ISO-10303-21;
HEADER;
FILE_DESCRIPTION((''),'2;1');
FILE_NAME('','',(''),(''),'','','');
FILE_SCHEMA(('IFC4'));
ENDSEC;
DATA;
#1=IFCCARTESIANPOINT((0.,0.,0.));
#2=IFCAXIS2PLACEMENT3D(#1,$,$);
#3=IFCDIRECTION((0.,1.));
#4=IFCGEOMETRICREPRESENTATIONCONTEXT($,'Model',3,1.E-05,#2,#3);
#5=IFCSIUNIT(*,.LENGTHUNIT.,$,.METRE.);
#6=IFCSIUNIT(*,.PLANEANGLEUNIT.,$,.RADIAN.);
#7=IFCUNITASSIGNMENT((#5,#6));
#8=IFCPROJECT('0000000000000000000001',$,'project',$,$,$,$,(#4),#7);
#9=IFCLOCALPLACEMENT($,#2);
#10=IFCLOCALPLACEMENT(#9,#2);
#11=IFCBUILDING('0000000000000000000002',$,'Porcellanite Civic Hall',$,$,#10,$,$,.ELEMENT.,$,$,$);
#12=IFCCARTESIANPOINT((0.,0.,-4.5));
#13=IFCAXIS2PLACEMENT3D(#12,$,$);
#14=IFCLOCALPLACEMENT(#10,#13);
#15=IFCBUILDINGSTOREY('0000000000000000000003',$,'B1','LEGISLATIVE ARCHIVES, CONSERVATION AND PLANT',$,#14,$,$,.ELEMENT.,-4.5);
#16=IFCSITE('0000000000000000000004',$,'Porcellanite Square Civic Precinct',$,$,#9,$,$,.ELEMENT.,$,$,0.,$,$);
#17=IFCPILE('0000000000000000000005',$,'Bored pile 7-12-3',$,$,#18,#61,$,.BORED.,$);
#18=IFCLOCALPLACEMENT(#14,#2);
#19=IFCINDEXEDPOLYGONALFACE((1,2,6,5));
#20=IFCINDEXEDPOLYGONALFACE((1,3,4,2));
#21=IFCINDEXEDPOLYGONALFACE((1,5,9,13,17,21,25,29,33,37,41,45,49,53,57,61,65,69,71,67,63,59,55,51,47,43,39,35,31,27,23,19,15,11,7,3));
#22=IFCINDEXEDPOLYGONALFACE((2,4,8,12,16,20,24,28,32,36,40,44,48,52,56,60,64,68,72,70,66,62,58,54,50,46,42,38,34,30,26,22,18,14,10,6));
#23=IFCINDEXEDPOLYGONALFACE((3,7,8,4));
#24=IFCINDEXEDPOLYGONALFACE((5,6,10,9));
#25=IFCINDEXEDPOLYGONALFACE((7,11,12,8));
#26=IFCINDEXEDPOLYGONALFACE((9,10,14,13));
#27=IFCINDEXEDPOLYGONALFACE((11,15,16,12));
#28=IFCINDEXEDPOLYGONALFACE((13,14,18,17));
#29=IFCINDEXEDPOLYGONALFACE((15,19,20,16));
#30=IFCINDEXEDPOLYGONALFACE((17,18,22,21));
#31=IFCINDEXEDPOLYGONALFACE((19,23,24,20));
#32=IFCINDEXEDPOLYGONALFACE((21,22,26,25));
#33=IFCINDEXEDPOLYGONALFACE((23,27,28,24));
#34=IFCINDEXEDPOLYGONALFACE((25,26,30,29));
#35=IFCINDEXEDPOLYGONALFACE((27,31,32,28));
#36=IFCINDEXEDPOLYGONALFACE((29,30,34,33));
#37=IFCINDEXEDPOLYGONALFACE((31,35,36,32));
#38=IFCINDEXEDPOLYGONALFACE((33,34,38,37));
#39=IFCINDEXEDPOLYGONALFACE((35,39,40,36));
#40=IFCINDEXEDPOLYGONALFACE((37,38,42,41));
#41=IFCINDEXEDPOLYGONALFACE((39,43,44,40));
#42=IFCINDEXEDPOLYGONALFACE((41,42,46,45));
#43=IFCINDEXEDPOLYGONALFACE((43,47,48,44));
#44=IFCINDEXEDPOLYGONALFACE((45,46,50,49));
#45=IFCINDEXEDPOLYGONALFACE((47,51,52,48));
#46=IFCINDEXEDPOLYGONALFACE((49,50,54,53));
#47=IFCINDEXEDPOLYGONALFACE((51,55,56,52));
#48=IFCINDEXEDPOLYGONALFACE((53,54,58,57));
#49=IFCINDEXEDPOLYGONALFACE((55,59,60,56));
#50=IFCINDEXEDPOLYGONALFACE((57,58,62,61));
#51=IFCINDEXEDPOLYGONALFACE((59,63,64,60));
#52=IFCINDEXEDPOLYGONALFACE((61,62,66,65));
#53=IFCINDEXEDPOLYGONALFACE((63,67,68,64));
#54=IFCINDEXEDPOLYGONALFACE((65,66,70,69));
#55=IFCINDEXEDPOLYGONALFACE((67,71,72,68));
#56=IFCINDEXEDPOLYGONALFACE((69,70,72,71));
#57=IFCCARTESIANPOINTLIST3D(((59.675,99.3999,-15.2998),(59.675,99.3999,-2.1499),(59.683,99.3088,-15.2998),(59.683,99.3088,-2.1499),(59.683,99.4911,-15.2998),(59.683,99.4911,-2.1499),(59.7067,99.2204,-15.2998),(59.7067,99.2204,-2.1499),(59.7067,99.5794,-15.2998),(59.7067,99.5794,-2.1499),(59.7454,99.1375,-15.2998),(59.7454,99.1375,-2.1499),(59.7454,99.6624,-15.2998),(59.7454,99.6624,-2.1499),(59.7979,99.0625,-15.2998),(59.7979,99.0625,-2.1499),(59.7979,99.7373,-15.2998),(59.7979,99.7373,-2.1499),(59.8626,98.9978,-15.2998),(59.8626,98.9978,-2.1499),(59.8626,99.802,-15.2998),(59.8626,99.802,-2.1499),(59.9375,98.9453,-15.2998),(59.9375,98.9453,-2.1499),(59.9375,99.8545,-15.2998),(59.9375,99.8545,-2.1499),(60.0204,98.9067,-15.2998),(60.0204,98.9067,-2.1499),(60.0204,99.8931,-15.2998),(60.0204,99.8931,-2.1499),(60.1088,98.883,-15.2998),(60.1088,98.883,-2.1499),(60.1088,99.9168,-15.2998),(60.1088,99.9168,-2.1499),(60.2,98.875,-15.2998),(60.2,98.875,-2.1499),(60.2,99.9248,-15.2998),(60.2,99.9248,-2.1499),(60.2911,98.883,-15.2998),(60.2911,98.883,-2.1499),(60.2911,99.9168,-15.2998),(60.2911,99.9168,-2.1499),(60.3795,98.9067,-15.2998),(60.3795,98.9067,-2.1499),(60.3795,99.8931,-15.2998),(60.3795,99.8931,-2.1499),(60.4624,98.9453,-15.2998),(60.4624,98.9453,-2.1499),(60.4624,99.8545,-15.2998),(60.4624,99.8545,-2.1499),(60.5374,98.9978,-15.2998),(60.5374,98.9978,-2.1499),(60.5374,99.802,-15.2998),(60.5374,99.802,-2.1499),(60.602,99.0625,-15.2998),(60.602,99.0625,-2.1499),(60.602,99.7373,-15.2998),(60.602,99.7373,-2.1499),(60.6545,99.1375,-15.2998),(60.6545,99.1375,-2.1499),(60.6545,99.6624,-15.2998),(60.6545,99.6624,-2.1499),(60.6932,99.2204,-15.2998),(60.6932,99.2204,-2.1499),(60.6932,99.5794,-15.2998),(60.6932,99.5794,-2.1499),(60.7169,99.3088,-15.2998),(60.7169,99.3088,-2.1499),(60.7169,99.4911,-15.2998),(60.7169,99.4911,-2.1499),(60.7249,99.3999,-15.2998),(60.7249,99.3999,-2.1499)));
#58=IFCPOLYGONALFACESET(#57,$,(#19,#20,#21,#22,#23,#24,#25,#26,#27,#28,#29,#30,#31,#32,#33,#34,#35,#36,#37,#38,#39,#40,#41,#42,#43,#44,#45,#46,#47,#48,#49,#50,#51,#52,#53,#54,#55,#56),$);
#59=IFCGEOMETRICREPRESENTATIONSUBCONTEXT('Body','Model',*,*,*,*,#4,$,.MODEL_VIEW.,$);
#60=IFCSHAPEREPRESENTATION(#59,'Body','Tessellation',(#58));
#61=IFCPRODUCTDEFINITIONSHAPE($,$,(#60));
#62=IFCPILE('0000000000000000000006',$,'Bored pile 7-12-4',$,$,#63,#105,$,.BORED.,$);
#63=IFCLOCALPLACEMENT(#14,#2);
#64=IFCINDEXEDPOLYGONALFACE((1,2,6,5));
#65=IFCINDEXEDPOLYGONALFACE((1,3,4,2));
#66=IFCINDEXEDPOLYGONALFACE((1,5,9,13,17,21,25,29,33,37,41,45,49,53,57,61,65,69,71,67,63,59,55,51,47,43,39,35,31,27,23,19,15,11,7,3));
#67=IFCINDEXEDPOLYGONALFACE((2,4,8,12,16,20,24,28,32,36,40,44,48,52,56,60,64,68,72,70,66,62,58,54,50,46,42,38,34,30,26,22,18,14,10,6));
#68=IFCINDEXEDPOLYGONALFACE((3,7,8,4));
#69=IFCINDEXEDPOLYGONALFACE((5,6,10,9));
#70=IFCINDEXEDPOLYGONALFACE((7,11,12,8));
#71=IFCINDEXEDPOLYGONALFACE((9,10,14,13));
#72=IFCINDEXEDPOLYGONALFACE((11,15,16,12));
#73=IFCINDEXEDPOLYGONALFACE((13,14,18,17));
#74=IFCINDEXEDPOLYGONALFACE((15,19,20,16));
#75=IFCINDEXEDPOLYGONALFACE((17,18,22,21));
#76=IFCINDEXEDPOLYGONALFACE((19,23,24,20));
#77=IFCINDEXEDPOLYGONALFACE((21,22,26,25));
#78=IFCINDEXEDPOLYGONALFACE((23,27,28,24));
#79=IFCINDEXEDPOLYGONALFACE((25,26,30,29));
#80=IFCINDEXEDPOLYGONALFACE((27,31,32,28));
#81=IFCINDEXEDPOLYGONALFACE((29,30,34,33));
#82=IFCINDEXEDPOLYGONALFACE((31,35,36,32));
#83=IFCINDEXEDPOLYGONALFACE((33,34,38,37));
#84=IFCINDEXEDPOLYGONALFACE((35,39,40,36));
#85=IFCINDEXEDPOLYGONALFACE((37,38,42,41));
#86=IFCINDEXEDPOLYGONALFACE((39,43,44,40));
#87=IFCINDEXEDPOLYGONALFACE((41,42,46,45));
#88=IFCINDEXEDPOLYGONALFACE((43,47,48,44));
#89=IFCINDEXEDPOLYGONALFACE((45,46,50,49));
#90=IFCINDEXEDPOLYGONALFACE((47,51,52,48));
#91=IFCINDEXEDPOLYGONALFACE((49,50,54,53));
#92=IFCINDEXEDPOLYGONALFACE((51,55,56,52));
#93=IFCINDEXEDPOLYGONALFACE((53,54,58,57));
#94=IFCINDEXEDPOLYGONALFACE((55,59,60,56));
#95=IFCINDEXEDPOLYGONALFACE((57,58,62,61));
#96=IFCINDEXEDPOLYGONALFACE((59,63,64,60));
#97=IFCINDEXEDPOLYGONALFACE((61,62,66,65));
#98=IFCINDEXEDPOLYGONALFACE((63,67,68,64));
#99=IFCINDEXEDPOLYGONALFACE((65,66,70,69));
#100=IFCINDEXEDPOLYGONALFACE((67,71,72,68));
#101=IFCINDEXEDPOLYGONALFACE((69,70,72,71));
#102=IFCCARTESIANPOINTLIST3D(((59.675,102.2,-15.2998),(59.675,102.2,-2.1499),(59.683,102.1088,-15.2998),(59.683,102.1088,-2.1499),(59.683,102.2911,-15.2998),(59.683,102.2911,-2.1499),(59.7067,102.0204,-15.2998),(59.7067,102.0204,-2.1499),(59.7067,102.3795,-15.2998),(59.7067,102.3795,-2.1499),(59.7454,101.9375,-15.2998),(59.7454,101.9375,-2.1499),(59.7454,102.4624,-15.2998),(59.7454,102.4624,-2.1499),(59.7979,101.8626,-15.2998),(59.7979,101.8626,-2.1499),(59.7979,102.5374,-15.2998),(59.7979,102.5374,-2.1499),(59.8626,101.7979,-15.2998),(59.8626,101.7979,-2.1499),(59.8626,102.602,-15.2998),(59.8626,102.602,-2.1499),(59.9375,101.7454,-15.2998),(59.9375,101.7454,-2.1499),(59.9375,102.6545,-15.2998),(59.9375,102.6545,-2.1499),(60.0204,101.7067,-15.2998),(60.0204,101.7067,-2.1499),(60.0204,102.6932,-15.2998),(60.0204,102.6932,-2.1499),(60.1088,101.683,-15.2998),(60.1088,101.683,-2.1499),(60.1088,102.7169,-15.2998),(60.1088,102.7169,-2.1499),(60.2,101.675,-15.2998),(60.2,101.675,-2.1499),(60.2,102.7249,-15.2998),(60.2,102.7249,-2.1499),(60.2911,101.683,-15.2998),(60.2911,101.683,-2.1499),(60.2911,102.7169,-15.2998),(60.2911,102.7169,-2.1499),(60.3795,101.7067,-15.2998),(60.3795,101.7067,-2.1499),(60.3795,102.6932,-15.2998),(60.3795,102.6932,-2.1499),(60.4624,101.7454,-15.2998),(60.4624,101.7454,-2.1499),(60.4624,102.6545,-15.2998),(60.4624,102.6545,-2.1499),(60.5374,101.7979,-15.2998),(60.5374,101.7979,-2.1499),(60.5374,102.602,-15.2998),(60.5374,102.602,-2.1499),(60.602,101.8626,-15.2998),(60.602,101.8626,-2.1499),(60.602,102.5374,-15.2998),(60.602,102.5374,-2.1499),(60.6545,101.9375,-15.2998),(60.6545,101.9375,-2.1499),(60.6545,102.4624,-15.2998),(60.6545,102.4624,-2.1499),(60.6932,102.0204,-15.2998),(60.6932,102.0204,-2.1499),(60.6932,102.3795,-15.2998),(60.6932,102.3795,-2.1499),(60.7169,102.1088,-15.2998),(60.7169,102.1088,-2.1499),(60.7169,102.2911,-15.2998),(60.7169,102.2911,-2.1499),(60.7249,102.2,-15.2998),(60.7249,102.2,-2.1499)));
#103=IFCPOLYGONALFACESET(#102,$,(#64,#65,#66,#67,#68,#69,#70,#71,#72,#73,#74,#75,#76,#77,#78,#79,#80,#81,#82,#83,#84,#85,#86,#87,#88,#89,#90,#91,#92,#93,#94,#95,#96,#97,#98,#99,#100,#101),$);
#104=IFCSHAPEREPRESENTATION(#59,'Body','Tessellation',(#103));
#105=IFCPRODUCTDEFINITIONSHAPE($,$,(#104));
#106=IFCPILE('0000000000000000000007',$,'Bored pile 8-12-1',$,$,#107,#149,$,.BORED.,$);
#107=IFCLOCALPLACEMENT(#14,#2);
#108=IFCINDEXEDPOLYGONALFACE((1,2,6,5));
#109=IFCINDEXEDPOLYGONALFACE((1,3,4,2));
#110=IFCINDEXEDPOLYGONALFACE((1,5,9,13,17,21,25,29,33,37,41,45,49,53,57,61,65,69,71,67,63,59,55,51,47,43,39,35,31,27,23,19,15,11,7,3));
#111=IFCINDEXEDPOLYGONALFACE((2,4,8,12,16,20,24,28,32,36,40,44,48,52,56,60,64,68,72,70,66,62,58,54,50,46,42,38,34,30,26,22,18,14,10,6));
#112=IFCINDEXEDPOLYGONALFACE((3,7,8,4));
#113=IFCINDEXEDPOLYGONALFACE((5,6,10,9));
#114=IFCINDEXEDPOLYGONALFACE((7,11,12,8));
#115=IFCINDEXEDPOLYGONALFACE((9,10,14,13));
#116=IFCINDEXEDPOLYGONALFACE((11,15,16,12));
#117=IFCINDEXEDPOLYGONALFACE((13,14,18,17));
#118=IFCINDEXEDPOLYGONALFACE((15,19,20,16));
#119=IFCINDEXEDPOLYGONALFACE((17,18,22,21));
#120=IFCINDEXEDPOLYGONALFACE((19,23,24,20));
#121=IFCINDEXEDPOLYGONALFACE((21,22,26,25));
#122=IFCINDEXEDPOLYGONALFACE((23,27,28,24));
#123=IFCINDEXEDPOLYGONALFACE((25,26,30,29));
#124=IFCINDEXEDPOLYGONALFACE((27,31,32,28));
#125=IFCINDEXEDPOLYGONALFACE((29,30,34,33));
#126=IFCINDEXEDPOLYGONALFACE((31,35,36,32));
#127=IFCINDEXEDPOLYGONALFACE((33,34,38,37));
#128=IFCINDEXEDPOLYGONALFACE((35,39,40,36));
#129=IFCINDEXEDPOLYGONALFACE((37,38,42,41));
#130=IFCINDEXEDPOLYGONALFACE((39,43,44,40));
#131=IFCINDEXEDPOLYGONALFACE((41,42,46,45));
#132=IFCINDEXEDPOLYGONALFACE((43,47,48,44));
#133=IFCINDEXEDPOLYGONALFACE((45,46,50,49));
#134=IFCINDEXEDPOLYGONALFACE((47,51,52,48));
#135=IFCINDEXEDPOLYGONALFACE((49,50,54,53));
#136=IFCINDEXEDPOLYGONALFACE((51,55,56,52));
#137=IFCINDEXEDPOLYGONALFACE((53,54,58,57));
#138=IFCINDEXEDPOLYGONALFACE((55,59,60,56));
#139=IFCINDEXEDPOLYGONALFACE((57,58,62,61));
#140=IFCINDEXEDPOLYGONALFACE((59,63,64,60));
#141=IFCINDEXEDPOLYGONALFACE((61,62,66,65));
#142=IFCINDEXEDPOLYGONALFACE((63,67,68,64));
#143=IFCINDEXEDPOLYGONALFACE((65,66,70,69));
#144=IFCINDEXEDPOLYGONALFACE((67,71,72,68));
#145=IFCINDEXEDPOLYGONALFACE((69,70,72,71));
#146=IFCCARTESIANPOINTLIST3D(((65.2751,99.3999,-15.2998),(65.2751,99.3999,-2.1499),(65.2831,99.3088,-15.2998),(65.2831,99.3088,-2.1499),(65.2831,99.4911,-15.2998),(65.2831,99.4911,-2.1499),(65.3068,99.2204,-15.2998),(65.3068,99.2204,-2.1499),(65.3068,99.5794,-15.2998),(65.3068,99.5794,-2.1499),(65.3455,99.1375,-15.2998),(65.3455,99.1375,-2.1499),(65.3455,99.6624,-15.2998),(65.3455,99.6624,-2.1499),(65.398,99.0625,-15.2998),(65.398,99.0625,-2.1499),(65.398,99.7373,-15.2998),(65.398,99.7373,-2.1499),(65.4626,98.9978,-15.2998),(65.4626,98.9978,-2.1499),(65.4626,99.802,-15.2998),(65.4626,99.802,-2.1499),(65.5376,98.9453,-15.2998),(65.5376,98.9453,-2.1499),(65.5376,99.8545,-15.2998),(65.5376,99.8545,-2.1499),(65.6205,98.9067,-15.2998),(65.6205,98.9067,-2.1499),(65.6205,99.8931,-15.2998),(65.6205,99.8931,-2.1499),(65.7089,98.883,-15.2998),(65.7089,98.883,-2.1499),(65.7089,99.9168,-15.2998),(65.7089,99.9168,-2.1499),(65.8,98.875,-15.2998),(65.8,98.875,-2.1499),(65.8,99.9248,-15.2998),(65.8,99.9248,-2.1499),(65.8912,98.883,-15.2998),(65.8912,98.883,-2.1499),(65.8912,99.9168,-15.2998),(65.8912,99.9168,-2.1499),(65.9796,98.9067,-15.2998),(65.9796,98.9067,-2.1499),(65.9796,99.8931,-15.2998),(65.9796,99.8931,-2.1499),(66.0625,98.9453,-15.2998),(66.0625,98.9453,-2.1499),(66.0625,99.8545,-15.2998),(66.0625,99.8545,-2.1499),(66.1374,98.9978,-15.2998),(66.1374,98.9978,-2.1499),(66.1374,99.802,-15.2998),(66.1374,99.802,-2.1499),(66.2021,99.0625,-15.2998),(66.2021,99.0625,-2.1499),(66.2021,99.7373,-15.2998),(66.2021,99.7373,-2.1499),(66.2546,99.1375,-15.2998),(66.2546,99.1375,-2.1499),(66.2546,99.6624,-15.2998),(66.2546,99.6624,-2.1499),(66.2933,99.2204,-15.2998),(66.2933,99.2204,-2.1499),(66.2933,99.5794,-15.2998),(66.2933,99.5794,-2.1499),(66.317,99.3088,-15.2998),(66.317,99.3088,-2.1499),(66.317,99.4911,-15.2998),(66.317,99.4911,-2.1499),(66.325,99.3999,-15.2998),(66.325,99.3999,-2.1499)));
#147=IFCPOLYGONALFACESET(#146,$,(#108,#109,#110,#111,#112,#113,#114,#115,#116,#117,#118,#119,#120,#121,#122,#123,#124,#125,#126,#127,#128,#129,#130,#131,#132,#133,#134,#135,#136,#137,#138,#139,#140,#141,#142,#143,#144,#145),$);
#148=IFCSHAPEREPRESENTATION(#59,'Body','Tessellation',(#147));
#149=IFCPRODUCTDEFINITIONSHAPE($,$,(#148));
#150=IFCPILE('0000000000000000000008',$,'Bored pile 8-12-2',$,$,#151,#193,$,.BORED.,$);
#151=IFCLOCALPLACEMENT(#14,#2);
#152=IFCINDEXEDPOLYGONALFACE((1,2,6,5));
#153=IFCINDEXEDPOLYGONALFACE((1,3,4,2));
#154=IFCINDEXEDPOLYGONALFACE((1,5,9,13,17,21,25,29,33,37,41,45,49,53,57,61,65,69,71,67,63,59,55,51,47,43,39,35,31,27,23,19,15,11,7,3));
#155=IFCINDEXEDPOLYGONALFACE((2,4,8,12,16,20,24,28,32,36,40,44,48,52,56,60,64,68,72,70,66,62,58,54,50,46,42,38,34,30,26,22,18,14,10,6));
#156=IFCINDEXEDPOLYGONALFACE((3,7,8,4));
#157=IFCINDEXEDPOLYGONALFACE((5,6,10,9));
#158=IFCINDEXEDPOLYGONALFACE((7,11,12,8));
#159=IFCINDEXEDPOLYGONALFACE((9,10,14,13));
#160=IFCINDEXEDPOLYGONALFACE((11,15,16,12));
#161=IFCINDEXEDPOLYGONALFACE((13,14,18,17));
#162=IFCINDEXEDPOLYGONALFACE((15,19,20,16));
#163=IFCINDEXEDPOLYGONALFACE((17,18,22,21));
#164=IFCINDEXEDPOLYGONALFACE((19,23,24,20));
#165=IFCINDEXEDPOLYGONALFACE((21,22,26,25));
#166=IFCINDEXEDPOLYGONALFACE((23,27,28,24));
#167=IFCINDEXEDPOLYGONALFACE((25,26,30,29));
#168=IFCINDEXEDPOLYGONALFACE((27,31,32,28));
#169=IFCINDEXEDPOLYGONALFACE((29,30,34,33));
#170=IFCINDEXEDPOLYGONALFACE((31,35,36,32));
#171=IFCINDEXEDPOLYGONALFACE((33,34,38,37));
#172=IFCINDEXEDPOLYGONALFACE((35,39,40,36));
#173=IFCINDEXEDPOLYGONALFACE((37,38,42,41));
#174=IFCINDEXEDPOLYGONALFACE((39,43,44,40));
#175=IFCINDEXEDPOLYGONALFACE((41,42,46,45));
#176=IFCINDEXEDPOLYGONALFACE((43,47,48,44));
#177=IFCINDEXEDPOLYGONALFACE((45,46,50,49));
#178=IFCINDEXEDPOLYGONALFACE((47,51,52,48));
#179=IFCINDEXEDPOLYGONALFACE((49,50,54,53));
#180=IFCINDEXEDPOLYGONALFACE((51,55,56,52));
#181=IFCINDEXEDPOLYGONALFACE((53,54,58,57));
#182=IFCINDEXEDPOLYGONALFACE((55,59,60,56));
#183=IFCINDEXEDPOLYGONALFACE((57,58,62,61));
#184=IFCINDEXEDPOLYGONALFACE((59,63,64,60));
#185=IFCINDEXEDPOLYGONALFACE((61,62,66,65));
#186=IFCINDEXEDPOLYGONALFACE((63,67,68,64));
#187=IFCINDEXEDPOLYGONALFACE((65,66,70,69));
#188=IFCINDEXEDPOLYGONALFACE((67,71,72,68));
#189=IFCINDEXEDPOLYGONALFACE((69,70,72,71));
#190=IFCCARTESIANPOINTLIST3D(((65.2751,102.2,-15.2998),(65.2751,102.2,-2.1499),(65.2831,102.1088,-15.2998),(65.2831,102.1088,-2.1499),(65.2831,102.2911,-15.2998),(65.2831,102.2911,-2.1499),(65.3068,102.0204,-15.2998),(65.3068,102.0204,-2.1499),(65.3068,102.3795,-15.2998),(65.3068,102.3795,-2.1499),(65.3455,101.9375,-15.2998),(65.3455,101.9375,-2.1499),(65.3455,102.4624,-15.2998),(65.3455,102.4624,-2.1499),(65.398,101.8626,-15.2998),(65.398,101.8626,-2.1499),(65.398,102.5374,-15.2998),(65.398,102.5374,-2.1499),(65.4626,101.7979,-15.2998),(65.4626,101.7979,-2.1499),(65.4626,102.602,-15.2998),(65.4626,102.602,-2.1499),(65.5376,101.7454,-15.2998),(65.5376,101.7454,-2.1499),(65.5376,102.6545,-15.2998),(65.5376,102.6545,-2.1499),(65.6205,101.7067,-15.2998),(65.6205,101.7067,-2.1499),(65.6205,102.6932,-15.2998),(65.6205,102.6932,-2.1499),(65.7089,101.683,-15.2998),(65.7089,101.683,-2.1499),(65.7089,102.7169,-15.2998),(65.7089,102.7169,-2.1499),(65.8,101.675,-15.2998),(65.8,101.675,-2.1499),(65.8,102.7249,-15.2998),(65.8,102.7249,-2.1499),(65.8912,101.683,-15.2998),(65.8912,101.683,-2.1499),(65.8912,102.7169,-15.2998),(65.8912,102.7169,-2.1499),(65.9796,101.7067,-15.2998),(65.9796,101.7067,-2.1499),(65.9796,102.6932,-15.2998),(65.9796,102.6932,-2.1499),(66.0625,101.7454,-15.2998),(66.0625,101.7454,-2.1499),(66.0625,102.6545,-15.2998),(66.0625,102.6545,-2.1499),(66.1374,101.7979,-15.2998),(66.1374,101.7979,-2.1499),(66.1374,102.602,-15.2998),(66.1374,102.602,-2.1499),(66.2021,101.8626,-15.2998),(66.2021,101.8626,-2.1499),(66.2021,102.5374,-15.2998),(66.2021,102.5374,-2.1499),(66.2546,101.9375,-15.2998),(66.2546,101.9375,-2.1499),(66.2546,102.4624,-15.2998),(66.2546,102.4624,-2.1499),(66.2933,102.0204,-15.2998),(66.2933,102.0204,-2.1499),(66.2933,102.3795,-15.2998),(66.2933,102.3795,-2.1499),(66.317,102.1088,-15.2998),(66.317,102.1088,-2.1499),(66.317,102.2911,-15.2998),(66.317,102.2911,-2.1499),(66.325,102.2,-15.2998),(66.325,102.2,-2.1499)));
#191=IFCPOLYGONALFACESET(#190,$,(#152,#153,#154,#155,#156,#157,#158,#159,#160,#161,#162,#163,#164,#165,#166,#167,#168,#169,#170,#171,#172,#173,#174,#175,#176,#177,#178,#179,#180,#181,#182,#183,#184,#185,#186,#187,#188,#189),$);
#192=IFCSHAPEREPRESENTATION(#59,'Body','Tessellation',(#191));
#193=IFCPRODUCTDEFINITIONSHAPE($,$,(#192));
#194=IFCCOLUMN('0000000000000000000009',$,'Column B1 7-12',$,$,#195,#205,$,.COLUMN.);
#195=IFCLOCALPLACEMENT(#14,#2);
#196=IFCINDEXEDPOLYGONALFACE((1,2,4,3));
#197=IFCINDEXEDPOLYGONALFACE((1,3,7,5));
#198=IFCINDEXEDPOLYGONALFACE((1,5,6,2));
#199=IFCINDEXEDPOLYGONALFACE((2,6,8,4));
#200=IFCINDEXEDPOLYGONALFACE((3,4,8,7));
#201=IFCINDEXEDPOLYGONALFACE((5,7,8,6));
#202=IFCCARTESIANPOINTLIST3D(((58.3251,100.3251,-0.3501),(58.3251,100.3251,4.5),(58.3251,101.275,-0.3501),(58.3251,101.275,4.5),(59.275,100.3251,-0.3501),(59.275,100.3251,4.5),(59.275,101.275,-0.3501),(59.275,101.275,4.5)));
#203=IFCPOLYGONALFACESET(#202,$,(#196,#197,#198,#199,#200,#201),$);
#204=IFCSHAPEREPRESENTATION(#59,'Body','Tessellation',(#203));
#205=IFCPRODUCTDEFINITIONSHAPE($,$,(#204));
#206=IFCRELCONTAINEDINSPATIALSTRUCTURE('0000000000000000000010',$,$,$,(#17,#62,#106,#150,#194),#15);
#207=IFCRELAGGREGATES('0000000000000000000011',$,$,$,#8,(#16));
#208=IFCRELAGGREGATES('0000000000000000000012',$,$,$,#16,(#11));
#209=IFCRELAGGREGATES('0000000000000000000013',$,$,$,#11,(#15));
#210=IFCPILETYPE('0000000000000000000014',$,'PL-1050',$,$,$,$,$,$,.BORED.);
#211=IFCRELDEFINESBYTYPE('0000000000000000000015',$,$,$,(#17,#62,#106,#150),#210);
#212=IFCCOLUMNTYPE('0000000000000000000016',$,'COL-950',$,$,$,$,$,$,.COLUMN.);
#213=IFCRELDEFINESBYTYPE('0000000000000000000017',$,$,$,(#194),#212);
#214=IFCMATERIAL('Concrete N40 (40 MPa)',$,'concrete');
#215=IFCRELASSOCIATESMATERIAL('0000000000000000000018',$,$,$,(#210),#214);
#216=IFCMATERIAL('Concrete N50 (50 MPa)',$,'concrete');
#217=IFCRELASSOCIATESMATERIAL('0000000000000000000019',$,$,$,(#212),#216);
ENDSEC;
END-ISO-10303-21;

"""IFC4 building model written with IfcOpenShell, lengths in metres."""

from ifc_helpers import new_model, si_unit, direction, frame, origin, origin_2d, place, context, subcontext, project, spatial, rectangle, circle, extrude, material, material_profile, profile_set, type_object, element, save


model = new_model("IFC4")

# Units and contexts
model_context = context("Model", 3, precision=1e-05, world=origin(), true_north=direction((0.0, 1.0)))
body_context = subcontext(model_context, "Body", "Model", "MODEL_VIEW")
ifc_project = project(units=[si_unit("LENGTHUNIT", "METRE"), si_unit("PLANEANGLEUNIT", "RADIAN")], contexts=[model_context])

# Site, building, storey
site_placement = place(None, origin())
site = spatial("IfcSite", under=ifc_project, at=site_placement, Name="Porcellanite Square Civic Precinct", CompositionType="ELEMENT", RefElevation=0.0)
building_placement = place(site_placement, origin())
building = spatial("IfcBuilding", under=site, at=building_placement, Name="Porcellanite Civic Hall", CompositionType="ELEMENT")
storey_placement = place(building_placement, frame((0.0, 0.0, -4.5)))
storey = spatial("IfcBuildingStorey", under=building, at=storey_placement, Name="B1", Description="LEGISLATIVE ARCHIVES, CONSERVATION AND PLANT", CompositionType="ELEMENT", Elevation=-4.5)

# Piles
ifc_material_1 = material(Name="Concrete N40 (40 MPa)", Category="concrete")
ifc_material_profile_1 = material_profile(ifc_material_1, circle(Radius=0.5249, at=origin_2d()), Name="PILE-D1050")
ifc_profile_set_1 = profile_set([ifc_material_profile_1], Name="Concrete N40 (40 MPa)")
pile_type = type_object("IfcPileType", Name="PL-1050", PredefinedType="BORED", material=ifc_profile_set_1)
for number, where, z_axis, x_axis, name in (
    (1, (60.2, 99.3999, -2.1499), (0.0, 0.0, -1.0), (1.0, 0.0, 0.0), "Bored pile 7-12-3"),
    (2, (60.2, 102.2, -2.1499), (0.0, 0.0, -1.0), (1.0, 0.0, 0.0), "Bored pile 7-12-4"),
    (3, (65.8, 99.3999, -2.1499), (0.0, 0.0, -1.0), (1.0, 0.0, 0.0), "Bored pile 8-12-1"),
    (4, (65.8, 102.2, -2.1499), (0.0, 0.0, -1.0), (1.0, 0.0, 0.0), "Bored pile 8-12-2"),
):
    element("IfcPile", number, at=place(storey_placement, frame(where, z_axis=z_axis, x_axis=x_axis)), inside=storey, type_object=pile_type, Name=name, PredefinedType="BORED", context=body_context, shape_type="SweptSolid", body=[
        extrude(circle(Radius=0.5249, at=origin_2d()), origin(), (0.0, 0.0, 1.0), 13.1499),
    ])

# Column
ifc_material_2 = material(Name="Concrete N50 (50 MPa)", Category="concrete")
ifc_material_profile_2 = material_profile(ifc_material_2, rectangle(XDim=0.95, YDim=0.95, at=origin_2d()), Name="RC-950x950")
ifc_profile_set_2 = profile_set([ifc_material_profile_2], Name="Concrete N50 (50 MPa)")
column_type = type_object("IfcColumnType", Name="COL-950", PredefinedType="COLUMN", material=ifc_profile_set_2)
column_placement = place(storey_placement, frame((58.8, 100.8, -0.3501), z_axis=(0.0, 0.0, 1.0), x_axis=(1.0, 0.0, 0.0)))
element("IfcColumn", 5, at=column_placement, inside=storey, type_object=column_type, Name="Column B1 7-12", PredefinedType="COLUMN", context=body_context, shape_type="SweptSolid", body=[
    extrude(rectangle(XDim=0.95, YDim=0.95, at=origin_2d()), origin(), (0.0, 0.0, 1.0), 4.8501),
])

save(model, "model.ifc")
